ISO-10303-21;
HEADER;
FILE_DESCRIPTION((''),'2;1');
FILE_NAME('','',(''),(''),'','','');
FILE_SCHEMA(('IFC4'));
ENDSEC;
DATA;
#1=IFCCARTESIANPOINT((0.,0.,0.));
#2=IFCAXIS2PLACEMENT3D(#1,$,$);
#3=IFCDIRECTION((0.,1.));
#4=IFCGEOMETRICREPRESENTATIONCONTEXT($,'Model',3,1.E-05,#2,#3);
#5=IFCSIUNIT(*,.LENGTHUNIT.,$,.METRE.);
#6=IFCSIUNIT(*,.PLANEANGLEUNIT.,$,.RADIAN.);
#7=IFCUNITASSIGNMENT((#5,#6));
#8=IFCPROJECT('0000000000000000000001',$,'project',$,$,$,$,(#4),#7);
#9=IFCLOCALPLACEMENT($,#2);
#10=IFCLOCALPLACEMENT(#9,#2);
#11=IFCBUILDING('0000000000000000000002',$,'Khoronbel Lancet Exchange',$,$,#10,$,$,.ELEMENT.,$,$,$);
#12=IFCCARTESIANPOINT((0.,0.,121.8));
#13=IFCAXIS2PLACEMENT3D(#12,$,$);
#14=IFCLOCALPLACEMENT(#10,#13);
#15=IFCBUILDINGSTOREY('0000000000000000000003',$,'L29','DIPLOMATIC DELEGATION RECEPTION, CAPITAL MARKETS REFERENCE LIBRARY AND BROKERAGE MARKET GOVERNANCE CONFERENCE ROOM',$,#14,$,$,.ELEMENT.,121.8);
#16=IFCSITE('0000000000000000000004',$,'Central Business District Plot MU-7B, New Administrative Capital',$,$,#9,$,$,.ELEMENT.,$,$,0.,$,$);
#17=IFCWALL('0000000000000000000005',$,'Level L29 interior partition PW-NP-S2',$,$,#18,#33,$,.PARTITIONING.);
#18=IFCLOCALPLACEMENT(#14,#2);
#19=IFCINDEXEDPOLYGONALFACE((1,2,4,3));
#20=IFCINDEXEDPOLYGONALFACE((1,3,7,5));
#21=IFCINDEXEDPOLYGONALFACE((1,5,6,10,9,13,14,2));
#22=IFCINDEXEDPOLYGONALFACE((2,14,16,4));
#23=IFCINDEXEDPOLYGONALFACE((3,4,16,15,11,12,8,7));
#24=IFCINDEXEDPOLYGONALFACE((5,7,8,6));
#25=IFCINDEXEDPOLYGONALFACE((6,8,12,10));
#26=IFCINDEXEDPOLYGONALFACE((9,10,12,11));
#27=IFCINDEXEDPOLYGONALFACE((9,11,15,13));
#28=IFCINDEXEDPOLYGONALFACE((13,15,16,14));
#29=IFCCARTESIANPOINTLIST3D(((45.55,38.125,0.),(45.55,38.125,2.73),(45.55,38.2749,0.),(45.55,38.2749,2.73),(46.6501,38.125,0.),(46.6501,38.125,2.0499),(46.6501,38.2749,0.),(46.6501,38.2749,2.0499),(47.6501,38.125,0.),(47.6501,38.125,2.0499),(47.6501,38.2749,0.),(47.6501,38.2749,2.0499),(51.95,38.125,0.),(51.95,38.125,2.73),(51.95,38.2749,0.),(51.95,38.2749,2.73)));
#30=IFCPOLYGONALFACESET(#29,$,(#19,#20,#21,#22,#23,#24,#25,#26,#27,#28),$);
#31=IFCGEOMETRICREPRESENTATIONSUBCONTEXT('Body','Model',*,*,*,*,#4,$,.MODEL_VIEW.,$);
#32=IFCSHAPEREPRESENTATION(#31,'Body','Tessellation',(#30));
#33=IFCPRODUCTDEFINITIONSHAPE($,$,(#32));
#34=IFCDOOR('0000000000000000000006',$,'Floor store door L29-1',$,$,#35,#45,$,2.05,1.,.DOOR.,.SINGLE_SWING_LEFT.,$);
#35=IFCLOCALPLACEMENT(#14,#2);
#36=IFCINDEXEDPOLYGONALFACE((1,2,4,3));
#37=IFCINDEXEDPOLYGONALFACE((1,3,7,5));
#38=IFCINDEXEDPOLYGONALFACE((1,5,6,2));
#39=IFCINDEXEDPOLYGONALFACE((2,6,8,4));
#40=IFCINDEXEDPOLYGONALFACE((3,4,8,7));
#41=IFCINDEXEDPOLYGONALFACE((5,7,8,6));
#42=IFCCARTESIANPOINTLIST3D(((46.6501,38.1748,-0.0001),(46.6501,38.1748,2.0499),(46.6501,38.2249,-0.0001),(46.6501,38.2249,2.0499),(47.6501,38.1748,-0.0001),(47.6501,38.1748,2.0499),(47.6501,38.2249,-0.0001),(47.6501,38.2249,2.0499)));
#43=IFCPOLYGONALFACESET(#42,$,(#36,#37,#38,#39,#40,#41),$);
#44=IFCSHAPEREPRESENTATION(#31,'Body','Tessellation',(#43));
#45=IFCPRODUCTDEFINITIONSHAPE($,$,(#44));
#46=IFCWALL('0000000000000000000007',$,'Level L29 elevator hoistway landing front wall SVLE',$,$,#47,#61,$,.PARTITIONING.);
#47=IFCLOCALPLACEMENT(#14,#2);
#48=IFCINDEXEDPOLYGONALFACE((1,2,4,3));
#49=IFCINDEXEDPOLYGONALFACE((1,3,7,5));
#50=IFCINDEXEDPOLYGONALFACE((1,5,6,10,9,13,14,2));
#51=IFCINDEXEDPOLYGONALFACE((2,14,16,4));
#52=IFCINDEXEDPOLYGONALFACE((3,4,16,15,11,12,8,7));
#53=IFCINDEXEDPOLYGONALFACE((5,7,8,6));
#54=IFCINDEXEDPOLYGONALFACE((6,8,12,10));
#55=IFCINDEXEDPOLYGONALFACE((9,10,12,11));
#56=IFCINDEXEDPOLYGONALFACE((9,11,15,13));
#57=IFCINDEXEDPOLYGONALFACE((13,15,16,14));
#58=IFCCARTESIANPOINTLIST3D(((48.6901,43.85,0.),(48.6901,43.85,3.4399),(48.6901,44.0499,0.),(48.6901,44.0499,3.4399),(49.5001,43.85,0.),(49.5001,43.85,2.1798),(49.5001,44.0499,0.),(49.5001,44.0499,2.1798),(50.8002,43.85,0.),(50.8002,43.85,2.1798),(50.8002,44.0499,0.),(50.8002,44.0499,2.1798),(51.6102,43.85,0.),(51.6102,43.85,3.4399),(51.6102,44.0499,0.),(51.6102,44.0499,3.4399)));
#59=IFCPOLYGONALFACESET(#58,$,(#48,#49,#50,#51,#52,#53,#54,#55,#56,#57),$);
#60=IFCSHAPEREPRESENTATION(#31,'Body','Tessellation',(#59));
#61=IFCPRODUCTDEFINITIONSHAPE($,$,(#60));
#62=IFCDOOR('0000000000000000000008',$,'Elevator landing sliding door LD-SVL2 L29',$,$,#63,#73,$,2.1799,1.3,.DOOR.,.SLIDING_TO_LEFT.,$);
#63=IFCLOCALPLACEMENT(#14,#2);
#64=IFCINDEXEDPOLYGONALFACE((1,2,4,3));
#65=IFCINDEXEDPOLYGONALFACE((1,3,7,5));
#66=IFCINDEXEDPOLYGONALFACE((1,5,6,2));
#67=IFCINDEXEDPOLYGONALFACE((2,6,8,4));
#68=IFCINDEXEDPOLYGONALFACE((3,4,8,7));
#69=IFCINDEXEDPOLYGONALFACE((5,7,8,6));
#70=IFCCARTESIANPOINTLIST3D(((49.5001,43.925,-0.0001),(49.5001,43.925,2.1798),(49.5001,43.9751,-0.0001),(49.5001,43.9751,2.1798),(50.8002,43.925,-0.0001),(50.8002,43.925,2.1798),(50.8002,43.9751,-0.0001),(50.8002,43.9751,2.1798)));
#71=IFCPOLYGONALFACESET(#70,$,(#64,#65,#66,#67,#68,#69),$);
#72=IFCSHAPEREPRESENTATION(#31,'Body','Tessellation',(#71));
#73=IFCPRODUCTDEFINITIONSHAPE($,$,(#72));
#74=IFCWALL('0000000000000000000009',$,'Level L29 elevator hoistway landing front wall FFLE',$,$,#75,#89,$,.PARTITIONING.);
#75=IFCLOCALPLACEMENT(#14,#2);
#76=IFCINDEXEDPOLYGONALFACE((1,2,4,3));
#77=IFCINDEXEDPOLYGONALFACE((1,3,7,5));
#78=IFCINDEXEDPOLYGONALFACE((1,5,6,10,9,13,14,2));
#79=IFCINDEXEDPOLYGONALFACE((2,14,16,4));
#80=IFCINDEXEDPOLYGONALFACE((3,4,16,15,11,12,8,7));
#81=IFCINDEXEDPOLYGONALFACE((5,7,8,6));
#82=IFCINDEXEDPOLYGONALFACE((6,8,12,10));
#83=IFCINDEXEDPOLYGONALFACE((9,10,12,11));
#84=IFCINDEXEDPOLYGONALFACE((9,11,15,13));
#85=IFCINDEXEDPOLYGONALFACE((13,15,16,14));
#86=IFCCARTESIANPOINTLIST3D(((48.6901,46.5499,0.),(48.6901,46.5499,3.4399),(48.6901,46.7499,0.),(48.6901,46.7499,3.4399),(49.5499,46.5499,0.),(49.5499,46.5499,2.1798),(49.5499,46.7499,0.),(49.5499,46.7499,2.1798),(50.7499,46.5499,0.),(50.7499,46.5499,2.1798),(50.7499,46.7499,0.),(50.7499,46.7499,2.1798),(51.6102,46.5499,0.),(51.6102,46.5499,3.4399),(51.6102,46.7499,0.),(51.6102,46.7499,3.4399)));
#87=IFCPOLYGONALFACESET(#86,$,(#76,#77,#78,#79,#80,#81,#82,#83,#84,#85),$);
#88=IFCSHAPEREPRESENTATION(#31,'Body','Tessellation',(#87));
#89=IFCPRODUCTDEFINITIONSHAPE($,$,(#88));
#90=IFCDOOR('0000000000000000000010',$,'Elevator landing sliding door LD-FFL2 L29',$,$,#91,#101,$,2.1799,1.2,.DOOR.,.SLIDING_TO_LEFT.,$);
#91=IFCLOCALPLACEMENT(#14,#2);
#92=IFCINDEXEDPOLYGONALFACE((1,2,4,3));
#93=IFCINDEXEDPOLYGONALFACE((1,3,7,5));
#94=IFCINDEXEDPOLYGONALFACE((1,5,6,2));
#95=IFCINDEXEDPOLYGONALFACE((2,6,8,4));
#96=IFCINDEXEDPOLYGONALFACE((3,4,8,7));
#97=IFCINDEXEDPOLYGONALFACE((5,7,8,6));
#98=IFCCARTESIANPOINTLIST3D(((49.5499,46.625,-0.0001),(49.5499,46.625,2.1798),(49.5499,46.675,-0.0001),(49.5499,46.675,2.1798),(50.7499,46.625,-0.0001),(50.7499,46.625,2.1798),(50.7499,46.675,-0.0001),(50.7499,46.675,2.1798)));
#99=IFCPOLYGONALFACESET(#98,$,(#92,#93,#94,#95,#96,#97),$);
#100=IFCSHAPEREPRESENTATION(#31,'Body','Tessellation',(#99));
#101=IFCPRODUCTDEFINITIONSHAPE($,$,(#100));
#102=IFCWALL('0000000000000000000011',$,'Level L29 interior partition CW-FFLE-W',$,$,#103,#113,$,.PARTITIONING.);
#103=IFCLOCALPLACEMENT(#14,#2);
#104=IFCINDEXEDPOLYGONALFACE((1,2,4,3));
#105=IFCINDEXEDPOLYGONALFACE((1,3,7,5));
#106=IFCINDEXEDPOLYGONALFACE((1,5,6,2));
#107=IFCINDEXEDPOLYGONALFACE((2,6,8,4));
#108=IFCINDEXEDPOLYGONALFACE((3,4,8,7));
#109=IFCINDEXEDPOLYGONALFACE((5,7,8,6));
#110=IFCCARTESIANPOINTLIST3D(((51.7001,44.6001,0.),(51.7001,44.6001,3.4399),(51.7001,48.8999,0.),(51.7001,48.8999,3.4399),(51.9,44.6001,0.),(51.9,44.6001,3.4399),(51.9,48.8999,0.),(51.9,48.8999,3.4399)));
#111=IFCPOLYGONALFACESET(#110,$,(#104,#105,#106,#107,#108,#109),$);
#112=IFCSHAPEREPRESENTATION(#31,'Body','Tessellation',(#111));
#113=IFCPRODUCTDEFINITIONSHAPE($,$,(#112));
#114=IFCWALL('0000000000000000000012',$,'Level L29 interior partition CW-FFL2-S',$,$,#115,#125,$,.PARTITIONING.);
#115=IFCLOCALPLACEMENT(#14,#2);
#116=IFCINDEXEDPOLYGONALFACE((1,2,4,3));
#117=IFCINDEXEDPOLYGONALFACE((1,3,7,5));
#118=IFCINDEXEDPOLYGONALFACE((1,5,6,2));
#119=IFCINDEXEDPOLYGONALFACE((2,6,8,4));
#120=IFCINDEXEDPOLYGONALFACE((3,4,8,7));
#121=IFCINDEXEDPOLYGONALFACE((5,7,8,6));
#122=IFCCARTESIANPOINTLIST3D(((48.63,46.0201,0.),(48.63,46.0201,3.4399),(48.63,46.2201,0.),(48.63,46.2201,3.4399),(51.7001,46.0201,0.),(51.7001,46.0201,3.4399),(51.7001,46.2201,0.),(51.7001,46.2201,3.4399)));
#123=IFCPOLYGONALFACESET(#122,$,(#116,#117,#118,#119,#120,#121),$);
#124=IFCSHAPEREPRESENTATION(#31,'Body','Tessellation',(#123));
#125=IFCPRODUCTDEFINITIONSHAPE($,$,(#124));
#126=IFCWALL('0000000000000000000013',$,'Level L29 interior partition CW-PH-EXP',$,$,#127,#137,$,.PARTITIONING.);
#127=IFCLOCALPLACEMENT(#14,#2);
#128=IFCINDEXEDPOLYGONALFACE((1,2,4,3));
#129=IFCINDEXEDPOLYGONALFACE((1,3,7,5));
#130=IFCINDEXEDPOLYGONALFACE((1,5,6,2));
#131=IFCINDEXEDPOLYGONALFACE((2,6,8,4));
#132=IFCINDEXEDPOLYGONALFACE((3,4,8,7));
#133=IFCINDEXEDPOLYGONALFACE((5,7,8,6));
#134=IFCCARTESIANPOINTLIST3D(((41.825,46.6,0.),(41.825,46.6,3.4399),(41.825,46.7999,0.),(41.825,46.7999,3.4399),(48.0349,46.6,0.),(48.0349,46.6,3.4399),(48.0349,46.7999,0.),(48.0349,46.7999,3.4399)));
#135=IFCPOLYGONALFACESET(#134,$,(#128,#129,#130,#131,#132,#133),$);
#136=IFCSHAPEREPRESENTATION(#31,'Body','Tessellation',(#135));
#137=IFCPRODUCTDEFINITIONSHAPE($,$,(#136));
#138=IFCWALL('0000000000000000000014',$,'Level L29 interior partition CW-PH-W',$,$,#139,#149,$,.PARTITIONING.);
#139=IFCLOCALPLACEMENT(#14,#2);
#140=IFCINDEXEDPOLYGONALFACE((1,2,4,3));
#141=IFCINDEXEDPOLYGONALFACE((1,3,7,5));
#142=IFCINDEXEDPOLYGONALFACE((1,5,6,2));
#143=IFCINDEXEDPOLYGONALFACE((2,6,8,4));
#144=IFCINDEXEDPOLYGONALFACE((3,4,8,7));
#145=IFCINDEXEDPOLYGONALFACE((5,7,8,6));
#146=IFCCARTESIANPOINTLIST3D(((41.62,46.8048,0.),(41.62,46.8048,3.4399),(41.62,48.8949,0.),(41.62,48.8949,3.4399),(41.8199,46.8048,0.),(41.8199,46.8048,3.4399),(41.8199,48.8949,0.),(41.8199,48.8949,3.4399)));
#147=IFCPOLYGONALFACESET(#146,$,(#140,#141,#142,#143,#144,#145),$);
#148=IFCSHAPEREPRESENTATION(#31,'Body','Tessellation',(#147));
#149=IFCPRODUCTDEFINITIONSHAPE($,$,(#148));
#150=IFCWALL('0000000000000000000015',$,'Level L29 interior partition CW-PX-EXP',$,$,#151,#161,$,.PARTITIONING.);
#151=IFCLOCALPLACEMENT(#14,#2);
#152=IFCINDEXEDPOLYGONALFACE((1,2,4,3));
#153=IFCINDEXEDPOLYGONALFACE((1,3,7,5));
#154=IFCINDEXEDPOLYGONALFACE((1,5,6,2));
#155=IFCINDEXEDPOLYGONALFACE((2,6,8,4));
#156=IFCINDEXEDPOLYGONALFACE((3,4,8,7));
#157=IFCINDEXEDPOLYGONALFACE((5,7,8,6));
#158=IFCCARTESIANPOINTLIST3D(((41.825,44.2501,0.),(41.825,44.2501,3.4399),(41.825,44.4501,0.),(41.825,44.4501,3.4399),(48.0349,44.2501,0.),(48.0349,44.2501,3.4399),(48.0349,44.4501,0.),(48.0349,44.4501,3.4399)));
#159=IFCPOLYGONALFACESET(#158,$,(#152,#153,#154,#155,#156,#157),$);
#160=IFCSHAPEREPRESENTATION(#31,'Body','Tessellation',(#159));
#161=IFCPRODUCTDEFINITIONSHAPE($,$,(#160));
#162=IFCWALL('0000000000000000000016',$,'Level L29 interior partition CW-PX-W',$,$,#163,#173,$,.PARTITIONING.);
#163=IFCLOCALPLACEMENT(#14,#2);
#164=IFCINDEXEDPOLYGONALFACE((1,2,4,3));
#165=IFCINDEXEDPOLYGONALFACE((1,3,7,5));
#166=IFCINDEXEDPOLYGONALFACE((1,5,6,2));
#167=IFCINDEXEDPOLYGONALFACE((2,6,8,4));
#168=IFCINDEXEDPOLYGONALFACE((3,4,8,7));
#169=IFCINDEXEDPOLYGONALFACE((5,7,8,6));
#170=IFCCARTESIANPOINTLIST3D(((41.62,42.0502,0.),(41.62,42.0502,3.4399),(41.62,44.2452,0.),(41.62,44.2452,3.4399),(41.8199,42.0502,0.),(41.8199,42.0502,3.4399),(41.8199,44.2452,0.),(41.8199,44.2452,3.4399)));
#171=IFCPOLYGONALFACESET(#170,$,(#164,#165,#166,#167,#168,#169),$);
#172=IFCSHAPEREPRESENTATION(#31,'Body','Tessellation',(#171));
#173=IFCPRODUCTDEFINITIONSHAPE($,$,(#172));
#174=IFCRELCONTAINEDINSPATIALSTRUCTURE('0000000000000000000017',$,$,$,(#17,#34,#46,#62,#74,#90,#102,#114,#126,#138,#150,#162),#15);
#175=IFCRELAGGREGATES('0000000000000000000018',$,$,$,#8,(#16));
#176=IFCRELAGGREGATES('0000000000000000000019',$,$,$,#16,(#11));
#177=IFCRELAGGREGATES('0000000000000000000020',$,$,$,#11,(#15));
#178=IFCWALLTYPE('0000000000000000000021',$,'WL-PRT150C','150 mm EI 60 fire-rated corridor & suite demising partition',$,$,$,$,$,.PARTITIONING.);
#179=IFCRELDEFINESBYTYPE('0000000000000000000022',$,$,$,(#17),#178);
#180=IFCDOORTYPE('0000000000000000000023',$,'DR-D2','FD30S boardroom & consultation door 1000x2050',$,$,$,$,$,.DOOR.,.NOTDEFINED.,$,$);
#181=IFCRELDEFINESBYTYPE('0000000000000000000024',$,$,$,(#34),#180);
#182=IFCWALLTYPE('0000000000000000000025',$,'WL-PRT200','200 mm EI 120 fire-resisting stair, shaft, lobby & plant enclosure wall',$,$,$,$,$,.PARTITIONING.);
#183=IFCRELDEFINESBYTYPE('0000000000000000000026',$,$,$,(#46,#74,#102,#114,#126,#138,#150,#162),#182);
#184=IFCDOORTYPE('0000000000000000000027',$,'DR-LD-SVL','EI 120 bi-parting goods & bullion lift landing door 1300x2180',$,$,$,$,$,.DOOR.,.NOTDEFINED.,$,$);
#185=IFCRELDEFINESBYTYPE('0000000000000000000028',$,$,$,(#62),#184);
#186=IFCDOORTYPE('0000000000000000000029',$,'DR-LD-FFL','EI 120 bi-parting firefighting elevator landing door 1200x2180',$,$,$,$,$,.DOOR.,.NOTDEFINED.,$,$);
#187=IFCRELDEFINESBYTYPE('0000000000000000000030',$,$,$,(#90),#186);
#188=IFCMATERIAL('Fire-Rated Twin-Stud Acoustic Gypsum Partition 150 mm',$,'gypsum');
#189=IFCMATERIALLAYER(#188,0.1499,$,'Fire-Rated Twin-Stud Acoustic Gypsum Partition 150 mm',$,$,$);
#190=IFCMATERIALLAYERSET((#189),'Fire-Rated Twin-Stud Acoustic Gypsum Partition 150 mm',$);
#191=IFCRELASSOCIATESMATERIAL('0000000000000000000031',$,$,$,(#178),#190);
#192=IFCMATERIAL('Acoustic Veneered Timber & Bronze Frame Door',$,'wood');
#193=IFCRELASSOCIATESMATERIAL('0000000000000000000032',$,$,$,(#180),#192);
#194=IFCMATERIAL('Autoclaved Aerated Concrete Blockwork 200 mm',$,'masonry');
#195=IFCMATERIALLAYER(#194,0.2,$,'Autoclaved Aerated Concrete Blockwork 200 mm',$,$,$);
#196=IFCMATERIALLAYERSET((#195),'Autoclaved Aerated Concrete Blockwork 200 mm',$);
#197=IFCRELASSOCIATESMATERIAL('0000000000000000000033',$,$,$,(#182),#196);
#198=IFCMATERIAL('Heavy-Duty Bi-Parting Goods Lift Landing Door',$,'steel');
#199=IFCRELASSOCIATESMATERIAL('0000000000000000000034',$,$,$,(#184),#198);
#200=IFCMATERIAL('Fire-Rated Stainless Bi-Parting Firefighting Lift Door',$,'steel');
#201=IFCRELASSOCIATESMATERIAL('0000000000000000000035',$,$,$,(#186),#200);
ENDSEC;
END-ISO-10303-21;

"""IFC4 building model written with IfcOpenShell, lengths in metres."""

from ifc_helpers import new_model, si_unit, direction, frame, frame_2d, origin, place, context, subcontext, project, spatial, rectangle, extrude, material, layer, layer_set, type_object, element, fill, save


model = new_model("IFC4")

# Units and contexts
model_context = context("Model", 3, precision=1e-05, world=origin(), true_north=direction((0.0, 1.0)))
body_context = subcontext(model_context, "Body", "Model", "MODEL_VIEW")
ifc_project = project(units=[si_unit("LENGTHUNIT", "METRE"), si_unit("PLANEANGLEUNIT", "RADIAN")], contexts=[model_context])

# Site, building, storey
site_placement = place(None, origin())
site = spatial("IfcSite", under=ifc_project, at=site_placement, Name="Central Business District Plot MU-7B, New Administrative Capital", CompositionType="ELEMENT", RefElevation=0.0)
building_placement = place(site_placement, origin())
building = spatial("IfcBuilding", under=site, at=building_placement, Name="Khoronbel Lancet Exchange", CompositionType="ELEMENT")
storey_placement = place(building_placement, frame((0.0, 0.0, 121.8)))
storey = spatial("IfcBuildingStorey", under=building, at=storey_placement, Name="L29", Description="DIPLOMATIC DELEGATION RECEPTION, CAPITAL MARKETS REFERENCE LIBRARY AND BROKERAGE MARKET GOVERNANCE CONFERENCE ROOM", CompositionType="ELEMENT", Elevation=121.8)

# Walls, openings, doors
ifc_material_1 = material(Name="Fire-Rated Twin-Stud Acoustic Gypsum Partition 150 mm", Category="gypsum")
ifc_layer_1 = layer(ifc_material_1, 0.1499, Name="Fire-Rated Twin-Stud Acoustic Gypsum Partition 150 mm")
ifc_layer_set_1 = layer_set([ifc_layer_1], Name="Fire-Rated Twin-Stud Acoustic Gypsum Partition 150 mm")
wall_type_1 = type_object("IfcWallType", Name="WL-PRT150C", Description="150 mm EI 60 fire-rated corridor & suite demising partition", PredefinedType="PARTITIONING", material=ifc_layer_set_1)
wall_1_placement = place(storey_placement, frame((45.55, 38.2, 0.0), z_axis=(0.0, 0.0, 1.0), x_axis=(1.0, 0.0, 0.0)))
wall_1 = element("IfcWall", 1, at=wall_1_placement, inside=storey, type_object=wall_type_1, Name="Level L29 interior partition PW-NP-S2", PredefinedType="PARTITIONING", context=body_context, shape_type="SweptSolid", body=[
    extrude(rectangle(XDim=6.3999, YDim=0.1499, at=frame_2d((3.2, 0.0))), origin(), (0.0, 0.0, 1.0), 2.73),
])
opening_1_placement = place(wall_1_placement, frame((1.1001, 0.0, 0.0)))
opening_1 = element("IfcOpeningElement", 2, at=opening_1_placement, cuts=wall_1, PredefinedType="OPENING", context=body_context, shape_type="SweptSolid", body=[
    extrude(rectangle(XDim=1.0, YDim=2.05, at=frame_2d((0.5, 1.0249))), frame((0.0, 0.085, 0.0), z_axis=(0.0, -1.0, 0.0), x_axis=(1.0, 0.0, 0.0)), (0.0, 0.0, 1.0), 0.1699),
])
ifc_material_2 = material(Name="Acoustic Veneered Timber & Bronze Frame Door", Category="wood")
door_type_1 = type_object("IfcDoorType", Name="DR-D2", Description="FD30S boardroom & consultation door 1000x2050", OperationType="NOTDEFINED", PredefinedType="DOOR", material=ifc_material_2)
door_1_placement = place(opening_1_placement, origin())
door_1 = element("IfcDoor", 3, at=door_1_placement, inside=storey, type_object=door_type_1, Name="Floor store door L29-1", OperationType="SINGLE_SWING_LEFT", OverallHeight=2.05, OverallWidth=1.0, PredefinedType="DOOR", context=body_context, shape_type="SweptSolid", body=[
    extrude(rectangle(XDim=1.0, YDim=2.05, at=frame_2d((0.5, 1.0249))), frame((0.0, 0.0249, 0.0), z_axis=(0.0, -1.0, 0.0), x_axis=(1.0, 0.0, 0.0)), (0.0, 0.0, 1.0), 0.05),
])
fill(opening_1, door_1)
ifc_material_3 = material(Name="Autoclaved Aerated Concrete Blockwork 200 mm", Category="masonry")
ifc_layer_2 = layer(ifc_material_3, 0.2, Name="Autoclaved Aerated Concrete Blockwork 200 mm")
ifc_layer_set_2 = layer_set([ifc_layer_2], Name="Autoclaved Aerated Concrete Blockwork 200 mm")
wall_type_2 = type_object("IfcWallType", Name="WL-PRT200", Description="200 mm EI 120 fire-resisting stair, shaft, lobby & plant enclosure wall", PredefinedType="PARTITIONING", material=ifc_layer_set_2)
wall_2_placement = place(storey_placement, frame((51.6101, 43.95, 0.0), z_axis=(0.0, 0.0, 1.0), x_axis=(-1.0, 0.0, 0.0)))
wall_2 = element("IfcWall", 4, at=wall_2_placement, inside=storey, type_object=wall_type_2, Name="Level L29 elevator hoistway landing front wall SVLE", PredefinedType="PARTITIONING", context=body_context, shape_type="SweptSolid", body=[
    extrude(rectangle(XDim=2.9202, YDim=0.2, at=frame_2d((1.46, 0.0))), origin(), (0.0, 0.0, 1.0), 3.4399),
])
opening_2_placement = place(wall_2_placement, frame((0.8101, 0.0, 0.0)))
opening_2 = element("IfcOpeningElement", 5, at=opening_2_placement, cuts=wall_2, PredefinedType="OPENING", context=body_context, shape_type="SweptSolid", body=[
    extrude(rectangle(XDim=1.3, YDim=2.1799, at=frame_2d((0.6499, 1.0898))), frame((0.0, 0.1099, 0.0), z_axis=(0.0, -1.0, 0.0), x_axis=(1.0, 0.0, 0.0)), (0.0, 0.0, 1.0), 0.22),
])
ifc_material_4 = material(Name="Heavy-Duty Bi-Parting Goods Lift Landing Door", Category="steel")
door_type_2 = type_object("IfcDoorType", Name="DR-LD-SVL", Description="EI 120 bi-parting goods & bullion lift landing door 1300x2180", OperationType="NOTDEFINED", PredefinedType="DOOR", material=ifc_material_4)
door_2_placement = place(opening_2_placement, origin())
door_2 = element("IfcDoor", 6, at=door_2_placement, inside=storey, type_object=door_type_2, Name="Elevator landing sliding door LD-SVL2 L29", OperationType="SLIDING_TO_LEFT", OverallHeight=2.1799, OverallWidth=1.3, PredefinedType="DOOR", context=body_context, shape_type="SweptSolid", body=[
    extrude(rectangle(XDim=1.3, YDim=2.1799, at=frame_2d((0.6499, 1.0898))), frame((0.0, 0.0249, 0.0), z_axis=(0.0, -1.0, 0.0), x_axis=(1.0, 0.0, 0.0)), (0.0, 0.0, 1.0), 0.05),
])
fill(opening_2, door_2)
wall_3_placement = place(storey_placement, frame((51.6101, 46.6499, 0.0), z_axis=(0.0, 0.0, 1.0), x_axis=(-1.0, 0.0, 0.0)))
wall_3 = element("IfcWall", 7, at=wall_3_placement, inside=storey, type_object=wall_type_2, Name="Level L29 elevator hoistway landing front wall FFLE", PredefinedType="PARTITIONING", context=body_context, shape_type="SweptSolid", body=[
    extrude(rectangle(XDim=2.9202, YDim=0.2, at=frame_2d((1.46, 0.0))), origin(), (0.0, 0.0, 1.0), 3.4399),
])
opening_3_placement = place(wall_3_placement, frame((0.8601, 0.0, 0.0)))
opening_3 = element("IfcOpeningElement", 8, at=opening_3_placement, cuts=wall_3, PredefinedType="OPENING", context=body_context, shape_type="SweptSolid", body=[
    extrude(rectangle(XDim=1.2, YDim=2.1799, at=frame_2d((0.6001, 1.0898))), frame((0.0, 0.1099, 0.0), z_axis=(0.0, -1.0, 0.0), x_axis=(1.0, 0.0, 0.0)), (0.0, 0.0, 1.0), 0.22),
])
ifc_material_5 = material(Name="Fire-Rated Stainless Bi-Parting Firefighting Lift Door", Category="steel")
door_type_3 = type_object("IfcDoorType", Name="DR-LD-FFL", Description="EI 120 bi-parting firefighting elevator landing door 1200x2180", OperationType="NOTDEFINED", PredefinedType="DOOR", material=ifc_material_5)
door_3_placement = place(opening_3_placement, origin())
door_3 = element("IfcDoor", 9, at=door_3_placement, inside=storey, type_object=door_type_3, Name="Elevator landing sliding door LD-FFL2 L29", OperationType="SLIDING_TO_LEFT", OverallHeight=2.1799, OverallWidth=1.2, PredefinedType="DOOR", context=body_context, shape_type="SweptSolid", body=[
    extrude(rectangle(XDim=1.2, YDim=2.1799, at=frame_2d((0.6001, 1.0898))), frame((0.0, 0.0249, 0.0), z_axis=(0.0, -1.0, 0.0), x_axis=(1.0, 0.0, 0.0)), (0.0, 0.0, 1.0), 0.05),
])
fill(opening_3, door_3)

# Wall
wall_4_placement = place(storey_placement, frame((51.8, 44.6001, 0.0), z_axis=(0.0, 0.0, 1.0), x_axis=(0.0, 1.0, 0.0)))
element("IfcWall", 10, at=wall_4_placement, inside=storey, type_object=wall_type_2, Name="Level L29 interior partition CW-FFLE-W", PredefinedType="PARTITIONING", context=body_context, shape_type="SweptSolid", body=[
    extrude(rectangle(XDim=4.2998, YDim=0.2, at=frame_2d((2.1499, 0.0))), origin(), (0.0, 0.0, 1.0), 3.4399),
])

# Wall
wall_5_placement = place(storey_placement, frame((48.6299, 46.1201, 0.0), z_axis=(0.0, 0.0, 1.0), x_axis=(1.0, 0.0, 0.0)))
element("IfcWall", 11, at=wall_5_placement, inside=storey, type_object=wall_type_2, Name="Level L29 interior partition CW-FFL2-S", PredefinedType="PARTITIONING", context=body_context, shape_type="SweptSolid", body=[
    extrude(rectangle(XDim=3.0701, YDim=0.2, at=frame_2d((1.5352, 0.0))), origin(), (0.0, 0.0, 1.0), 3.4399),
])

# Walls
wall_6_placement = place(storey_placement, frame((41.825, 46.7, 0.0), z_axis=(0.0, 0.0, 1.0), x_axis=(1.0, 0.0, 0.0)))
element("IfcWall", 12, at=wall_6_placement, inside=storey, type_object=wall_type_2, Name="Level L29 interior partition CW-PH-EXP", PredefinedType="PARTITIONING", context=body_context, shape_type="SweptSolid", body=[
    extrude(rectangle(XDim=6.21, YDim=0.2, at=frame_2d((3.105, 0.0))), origin(), (0.0, 0.0, 1.0), 3.4399),
])
wall_7_placement = place(storey_placement, frame((41.72, 46.8049, 0.0), z_axis=(0.0, 0.0, 1.0), x_axis=(0.0, 1.0, 0.0)))
element("IfcWall", 13, at=wall_7_placement, inside=storey, type_object=wall_type_2, Name="Level L29 interior partition CW-PH-W", PredefinedType="PARTITIONING", context=body_context, shape_type="SweptSolid", body=[
    extrude(rectangle(XDim=2.0901, YDim=0.2, at=frame_2d((1.0449, 0.0))), origin(), (0.0, 0.0, 1.0), 3.4399),
])
wall_8_placement = place(storey_placement, frame((41.825, 44.3501, 0.0), z_axis=(0.0, 0.0, 1.0), x_axis=(1.0, 0.0, 0.0)))
element("IfcWall", 14, at=wall_8_placement, inside=storey, type_object=wall_type_2, Name="Level L29 interior partition CW-PX-EXP", PredefinedType="PARTITIONING", context=body_context, shape_type="SweptSolid", body=[
    extrude(rectangle(XDim=6.21, YDim=0.2, at=frame_2d((3.105, 0.0))), origin(), (0.0, 0.0, 1.0), 3.4399),
])
for number, where, z_axis, x_axis, name in (
    (15, (41.72, 42.05, 0.0), (0.0, 0.0, 1.0), (0.0, 1.0, 0.0), "Level L29 interior partition CW-PX-W"),
):
    element("IfcWall", number, at=place(storey_placement, frame(where, z_axis=z_axis, x_axis=x_axis)), inside=storey, type_object=wall_type_2, Name=name, PredefinedType="PARTITIONING", context=body_context, shape_type="SweptSolid", body=[
        extrude(rectangle(XDim=2.1951, YDim=0.2, at=frame_2d((1.0977, 0.0))), origin(), (0.0, 0.0, 1.0), 3.4399),
    ])

save(model, "model.ifc")
